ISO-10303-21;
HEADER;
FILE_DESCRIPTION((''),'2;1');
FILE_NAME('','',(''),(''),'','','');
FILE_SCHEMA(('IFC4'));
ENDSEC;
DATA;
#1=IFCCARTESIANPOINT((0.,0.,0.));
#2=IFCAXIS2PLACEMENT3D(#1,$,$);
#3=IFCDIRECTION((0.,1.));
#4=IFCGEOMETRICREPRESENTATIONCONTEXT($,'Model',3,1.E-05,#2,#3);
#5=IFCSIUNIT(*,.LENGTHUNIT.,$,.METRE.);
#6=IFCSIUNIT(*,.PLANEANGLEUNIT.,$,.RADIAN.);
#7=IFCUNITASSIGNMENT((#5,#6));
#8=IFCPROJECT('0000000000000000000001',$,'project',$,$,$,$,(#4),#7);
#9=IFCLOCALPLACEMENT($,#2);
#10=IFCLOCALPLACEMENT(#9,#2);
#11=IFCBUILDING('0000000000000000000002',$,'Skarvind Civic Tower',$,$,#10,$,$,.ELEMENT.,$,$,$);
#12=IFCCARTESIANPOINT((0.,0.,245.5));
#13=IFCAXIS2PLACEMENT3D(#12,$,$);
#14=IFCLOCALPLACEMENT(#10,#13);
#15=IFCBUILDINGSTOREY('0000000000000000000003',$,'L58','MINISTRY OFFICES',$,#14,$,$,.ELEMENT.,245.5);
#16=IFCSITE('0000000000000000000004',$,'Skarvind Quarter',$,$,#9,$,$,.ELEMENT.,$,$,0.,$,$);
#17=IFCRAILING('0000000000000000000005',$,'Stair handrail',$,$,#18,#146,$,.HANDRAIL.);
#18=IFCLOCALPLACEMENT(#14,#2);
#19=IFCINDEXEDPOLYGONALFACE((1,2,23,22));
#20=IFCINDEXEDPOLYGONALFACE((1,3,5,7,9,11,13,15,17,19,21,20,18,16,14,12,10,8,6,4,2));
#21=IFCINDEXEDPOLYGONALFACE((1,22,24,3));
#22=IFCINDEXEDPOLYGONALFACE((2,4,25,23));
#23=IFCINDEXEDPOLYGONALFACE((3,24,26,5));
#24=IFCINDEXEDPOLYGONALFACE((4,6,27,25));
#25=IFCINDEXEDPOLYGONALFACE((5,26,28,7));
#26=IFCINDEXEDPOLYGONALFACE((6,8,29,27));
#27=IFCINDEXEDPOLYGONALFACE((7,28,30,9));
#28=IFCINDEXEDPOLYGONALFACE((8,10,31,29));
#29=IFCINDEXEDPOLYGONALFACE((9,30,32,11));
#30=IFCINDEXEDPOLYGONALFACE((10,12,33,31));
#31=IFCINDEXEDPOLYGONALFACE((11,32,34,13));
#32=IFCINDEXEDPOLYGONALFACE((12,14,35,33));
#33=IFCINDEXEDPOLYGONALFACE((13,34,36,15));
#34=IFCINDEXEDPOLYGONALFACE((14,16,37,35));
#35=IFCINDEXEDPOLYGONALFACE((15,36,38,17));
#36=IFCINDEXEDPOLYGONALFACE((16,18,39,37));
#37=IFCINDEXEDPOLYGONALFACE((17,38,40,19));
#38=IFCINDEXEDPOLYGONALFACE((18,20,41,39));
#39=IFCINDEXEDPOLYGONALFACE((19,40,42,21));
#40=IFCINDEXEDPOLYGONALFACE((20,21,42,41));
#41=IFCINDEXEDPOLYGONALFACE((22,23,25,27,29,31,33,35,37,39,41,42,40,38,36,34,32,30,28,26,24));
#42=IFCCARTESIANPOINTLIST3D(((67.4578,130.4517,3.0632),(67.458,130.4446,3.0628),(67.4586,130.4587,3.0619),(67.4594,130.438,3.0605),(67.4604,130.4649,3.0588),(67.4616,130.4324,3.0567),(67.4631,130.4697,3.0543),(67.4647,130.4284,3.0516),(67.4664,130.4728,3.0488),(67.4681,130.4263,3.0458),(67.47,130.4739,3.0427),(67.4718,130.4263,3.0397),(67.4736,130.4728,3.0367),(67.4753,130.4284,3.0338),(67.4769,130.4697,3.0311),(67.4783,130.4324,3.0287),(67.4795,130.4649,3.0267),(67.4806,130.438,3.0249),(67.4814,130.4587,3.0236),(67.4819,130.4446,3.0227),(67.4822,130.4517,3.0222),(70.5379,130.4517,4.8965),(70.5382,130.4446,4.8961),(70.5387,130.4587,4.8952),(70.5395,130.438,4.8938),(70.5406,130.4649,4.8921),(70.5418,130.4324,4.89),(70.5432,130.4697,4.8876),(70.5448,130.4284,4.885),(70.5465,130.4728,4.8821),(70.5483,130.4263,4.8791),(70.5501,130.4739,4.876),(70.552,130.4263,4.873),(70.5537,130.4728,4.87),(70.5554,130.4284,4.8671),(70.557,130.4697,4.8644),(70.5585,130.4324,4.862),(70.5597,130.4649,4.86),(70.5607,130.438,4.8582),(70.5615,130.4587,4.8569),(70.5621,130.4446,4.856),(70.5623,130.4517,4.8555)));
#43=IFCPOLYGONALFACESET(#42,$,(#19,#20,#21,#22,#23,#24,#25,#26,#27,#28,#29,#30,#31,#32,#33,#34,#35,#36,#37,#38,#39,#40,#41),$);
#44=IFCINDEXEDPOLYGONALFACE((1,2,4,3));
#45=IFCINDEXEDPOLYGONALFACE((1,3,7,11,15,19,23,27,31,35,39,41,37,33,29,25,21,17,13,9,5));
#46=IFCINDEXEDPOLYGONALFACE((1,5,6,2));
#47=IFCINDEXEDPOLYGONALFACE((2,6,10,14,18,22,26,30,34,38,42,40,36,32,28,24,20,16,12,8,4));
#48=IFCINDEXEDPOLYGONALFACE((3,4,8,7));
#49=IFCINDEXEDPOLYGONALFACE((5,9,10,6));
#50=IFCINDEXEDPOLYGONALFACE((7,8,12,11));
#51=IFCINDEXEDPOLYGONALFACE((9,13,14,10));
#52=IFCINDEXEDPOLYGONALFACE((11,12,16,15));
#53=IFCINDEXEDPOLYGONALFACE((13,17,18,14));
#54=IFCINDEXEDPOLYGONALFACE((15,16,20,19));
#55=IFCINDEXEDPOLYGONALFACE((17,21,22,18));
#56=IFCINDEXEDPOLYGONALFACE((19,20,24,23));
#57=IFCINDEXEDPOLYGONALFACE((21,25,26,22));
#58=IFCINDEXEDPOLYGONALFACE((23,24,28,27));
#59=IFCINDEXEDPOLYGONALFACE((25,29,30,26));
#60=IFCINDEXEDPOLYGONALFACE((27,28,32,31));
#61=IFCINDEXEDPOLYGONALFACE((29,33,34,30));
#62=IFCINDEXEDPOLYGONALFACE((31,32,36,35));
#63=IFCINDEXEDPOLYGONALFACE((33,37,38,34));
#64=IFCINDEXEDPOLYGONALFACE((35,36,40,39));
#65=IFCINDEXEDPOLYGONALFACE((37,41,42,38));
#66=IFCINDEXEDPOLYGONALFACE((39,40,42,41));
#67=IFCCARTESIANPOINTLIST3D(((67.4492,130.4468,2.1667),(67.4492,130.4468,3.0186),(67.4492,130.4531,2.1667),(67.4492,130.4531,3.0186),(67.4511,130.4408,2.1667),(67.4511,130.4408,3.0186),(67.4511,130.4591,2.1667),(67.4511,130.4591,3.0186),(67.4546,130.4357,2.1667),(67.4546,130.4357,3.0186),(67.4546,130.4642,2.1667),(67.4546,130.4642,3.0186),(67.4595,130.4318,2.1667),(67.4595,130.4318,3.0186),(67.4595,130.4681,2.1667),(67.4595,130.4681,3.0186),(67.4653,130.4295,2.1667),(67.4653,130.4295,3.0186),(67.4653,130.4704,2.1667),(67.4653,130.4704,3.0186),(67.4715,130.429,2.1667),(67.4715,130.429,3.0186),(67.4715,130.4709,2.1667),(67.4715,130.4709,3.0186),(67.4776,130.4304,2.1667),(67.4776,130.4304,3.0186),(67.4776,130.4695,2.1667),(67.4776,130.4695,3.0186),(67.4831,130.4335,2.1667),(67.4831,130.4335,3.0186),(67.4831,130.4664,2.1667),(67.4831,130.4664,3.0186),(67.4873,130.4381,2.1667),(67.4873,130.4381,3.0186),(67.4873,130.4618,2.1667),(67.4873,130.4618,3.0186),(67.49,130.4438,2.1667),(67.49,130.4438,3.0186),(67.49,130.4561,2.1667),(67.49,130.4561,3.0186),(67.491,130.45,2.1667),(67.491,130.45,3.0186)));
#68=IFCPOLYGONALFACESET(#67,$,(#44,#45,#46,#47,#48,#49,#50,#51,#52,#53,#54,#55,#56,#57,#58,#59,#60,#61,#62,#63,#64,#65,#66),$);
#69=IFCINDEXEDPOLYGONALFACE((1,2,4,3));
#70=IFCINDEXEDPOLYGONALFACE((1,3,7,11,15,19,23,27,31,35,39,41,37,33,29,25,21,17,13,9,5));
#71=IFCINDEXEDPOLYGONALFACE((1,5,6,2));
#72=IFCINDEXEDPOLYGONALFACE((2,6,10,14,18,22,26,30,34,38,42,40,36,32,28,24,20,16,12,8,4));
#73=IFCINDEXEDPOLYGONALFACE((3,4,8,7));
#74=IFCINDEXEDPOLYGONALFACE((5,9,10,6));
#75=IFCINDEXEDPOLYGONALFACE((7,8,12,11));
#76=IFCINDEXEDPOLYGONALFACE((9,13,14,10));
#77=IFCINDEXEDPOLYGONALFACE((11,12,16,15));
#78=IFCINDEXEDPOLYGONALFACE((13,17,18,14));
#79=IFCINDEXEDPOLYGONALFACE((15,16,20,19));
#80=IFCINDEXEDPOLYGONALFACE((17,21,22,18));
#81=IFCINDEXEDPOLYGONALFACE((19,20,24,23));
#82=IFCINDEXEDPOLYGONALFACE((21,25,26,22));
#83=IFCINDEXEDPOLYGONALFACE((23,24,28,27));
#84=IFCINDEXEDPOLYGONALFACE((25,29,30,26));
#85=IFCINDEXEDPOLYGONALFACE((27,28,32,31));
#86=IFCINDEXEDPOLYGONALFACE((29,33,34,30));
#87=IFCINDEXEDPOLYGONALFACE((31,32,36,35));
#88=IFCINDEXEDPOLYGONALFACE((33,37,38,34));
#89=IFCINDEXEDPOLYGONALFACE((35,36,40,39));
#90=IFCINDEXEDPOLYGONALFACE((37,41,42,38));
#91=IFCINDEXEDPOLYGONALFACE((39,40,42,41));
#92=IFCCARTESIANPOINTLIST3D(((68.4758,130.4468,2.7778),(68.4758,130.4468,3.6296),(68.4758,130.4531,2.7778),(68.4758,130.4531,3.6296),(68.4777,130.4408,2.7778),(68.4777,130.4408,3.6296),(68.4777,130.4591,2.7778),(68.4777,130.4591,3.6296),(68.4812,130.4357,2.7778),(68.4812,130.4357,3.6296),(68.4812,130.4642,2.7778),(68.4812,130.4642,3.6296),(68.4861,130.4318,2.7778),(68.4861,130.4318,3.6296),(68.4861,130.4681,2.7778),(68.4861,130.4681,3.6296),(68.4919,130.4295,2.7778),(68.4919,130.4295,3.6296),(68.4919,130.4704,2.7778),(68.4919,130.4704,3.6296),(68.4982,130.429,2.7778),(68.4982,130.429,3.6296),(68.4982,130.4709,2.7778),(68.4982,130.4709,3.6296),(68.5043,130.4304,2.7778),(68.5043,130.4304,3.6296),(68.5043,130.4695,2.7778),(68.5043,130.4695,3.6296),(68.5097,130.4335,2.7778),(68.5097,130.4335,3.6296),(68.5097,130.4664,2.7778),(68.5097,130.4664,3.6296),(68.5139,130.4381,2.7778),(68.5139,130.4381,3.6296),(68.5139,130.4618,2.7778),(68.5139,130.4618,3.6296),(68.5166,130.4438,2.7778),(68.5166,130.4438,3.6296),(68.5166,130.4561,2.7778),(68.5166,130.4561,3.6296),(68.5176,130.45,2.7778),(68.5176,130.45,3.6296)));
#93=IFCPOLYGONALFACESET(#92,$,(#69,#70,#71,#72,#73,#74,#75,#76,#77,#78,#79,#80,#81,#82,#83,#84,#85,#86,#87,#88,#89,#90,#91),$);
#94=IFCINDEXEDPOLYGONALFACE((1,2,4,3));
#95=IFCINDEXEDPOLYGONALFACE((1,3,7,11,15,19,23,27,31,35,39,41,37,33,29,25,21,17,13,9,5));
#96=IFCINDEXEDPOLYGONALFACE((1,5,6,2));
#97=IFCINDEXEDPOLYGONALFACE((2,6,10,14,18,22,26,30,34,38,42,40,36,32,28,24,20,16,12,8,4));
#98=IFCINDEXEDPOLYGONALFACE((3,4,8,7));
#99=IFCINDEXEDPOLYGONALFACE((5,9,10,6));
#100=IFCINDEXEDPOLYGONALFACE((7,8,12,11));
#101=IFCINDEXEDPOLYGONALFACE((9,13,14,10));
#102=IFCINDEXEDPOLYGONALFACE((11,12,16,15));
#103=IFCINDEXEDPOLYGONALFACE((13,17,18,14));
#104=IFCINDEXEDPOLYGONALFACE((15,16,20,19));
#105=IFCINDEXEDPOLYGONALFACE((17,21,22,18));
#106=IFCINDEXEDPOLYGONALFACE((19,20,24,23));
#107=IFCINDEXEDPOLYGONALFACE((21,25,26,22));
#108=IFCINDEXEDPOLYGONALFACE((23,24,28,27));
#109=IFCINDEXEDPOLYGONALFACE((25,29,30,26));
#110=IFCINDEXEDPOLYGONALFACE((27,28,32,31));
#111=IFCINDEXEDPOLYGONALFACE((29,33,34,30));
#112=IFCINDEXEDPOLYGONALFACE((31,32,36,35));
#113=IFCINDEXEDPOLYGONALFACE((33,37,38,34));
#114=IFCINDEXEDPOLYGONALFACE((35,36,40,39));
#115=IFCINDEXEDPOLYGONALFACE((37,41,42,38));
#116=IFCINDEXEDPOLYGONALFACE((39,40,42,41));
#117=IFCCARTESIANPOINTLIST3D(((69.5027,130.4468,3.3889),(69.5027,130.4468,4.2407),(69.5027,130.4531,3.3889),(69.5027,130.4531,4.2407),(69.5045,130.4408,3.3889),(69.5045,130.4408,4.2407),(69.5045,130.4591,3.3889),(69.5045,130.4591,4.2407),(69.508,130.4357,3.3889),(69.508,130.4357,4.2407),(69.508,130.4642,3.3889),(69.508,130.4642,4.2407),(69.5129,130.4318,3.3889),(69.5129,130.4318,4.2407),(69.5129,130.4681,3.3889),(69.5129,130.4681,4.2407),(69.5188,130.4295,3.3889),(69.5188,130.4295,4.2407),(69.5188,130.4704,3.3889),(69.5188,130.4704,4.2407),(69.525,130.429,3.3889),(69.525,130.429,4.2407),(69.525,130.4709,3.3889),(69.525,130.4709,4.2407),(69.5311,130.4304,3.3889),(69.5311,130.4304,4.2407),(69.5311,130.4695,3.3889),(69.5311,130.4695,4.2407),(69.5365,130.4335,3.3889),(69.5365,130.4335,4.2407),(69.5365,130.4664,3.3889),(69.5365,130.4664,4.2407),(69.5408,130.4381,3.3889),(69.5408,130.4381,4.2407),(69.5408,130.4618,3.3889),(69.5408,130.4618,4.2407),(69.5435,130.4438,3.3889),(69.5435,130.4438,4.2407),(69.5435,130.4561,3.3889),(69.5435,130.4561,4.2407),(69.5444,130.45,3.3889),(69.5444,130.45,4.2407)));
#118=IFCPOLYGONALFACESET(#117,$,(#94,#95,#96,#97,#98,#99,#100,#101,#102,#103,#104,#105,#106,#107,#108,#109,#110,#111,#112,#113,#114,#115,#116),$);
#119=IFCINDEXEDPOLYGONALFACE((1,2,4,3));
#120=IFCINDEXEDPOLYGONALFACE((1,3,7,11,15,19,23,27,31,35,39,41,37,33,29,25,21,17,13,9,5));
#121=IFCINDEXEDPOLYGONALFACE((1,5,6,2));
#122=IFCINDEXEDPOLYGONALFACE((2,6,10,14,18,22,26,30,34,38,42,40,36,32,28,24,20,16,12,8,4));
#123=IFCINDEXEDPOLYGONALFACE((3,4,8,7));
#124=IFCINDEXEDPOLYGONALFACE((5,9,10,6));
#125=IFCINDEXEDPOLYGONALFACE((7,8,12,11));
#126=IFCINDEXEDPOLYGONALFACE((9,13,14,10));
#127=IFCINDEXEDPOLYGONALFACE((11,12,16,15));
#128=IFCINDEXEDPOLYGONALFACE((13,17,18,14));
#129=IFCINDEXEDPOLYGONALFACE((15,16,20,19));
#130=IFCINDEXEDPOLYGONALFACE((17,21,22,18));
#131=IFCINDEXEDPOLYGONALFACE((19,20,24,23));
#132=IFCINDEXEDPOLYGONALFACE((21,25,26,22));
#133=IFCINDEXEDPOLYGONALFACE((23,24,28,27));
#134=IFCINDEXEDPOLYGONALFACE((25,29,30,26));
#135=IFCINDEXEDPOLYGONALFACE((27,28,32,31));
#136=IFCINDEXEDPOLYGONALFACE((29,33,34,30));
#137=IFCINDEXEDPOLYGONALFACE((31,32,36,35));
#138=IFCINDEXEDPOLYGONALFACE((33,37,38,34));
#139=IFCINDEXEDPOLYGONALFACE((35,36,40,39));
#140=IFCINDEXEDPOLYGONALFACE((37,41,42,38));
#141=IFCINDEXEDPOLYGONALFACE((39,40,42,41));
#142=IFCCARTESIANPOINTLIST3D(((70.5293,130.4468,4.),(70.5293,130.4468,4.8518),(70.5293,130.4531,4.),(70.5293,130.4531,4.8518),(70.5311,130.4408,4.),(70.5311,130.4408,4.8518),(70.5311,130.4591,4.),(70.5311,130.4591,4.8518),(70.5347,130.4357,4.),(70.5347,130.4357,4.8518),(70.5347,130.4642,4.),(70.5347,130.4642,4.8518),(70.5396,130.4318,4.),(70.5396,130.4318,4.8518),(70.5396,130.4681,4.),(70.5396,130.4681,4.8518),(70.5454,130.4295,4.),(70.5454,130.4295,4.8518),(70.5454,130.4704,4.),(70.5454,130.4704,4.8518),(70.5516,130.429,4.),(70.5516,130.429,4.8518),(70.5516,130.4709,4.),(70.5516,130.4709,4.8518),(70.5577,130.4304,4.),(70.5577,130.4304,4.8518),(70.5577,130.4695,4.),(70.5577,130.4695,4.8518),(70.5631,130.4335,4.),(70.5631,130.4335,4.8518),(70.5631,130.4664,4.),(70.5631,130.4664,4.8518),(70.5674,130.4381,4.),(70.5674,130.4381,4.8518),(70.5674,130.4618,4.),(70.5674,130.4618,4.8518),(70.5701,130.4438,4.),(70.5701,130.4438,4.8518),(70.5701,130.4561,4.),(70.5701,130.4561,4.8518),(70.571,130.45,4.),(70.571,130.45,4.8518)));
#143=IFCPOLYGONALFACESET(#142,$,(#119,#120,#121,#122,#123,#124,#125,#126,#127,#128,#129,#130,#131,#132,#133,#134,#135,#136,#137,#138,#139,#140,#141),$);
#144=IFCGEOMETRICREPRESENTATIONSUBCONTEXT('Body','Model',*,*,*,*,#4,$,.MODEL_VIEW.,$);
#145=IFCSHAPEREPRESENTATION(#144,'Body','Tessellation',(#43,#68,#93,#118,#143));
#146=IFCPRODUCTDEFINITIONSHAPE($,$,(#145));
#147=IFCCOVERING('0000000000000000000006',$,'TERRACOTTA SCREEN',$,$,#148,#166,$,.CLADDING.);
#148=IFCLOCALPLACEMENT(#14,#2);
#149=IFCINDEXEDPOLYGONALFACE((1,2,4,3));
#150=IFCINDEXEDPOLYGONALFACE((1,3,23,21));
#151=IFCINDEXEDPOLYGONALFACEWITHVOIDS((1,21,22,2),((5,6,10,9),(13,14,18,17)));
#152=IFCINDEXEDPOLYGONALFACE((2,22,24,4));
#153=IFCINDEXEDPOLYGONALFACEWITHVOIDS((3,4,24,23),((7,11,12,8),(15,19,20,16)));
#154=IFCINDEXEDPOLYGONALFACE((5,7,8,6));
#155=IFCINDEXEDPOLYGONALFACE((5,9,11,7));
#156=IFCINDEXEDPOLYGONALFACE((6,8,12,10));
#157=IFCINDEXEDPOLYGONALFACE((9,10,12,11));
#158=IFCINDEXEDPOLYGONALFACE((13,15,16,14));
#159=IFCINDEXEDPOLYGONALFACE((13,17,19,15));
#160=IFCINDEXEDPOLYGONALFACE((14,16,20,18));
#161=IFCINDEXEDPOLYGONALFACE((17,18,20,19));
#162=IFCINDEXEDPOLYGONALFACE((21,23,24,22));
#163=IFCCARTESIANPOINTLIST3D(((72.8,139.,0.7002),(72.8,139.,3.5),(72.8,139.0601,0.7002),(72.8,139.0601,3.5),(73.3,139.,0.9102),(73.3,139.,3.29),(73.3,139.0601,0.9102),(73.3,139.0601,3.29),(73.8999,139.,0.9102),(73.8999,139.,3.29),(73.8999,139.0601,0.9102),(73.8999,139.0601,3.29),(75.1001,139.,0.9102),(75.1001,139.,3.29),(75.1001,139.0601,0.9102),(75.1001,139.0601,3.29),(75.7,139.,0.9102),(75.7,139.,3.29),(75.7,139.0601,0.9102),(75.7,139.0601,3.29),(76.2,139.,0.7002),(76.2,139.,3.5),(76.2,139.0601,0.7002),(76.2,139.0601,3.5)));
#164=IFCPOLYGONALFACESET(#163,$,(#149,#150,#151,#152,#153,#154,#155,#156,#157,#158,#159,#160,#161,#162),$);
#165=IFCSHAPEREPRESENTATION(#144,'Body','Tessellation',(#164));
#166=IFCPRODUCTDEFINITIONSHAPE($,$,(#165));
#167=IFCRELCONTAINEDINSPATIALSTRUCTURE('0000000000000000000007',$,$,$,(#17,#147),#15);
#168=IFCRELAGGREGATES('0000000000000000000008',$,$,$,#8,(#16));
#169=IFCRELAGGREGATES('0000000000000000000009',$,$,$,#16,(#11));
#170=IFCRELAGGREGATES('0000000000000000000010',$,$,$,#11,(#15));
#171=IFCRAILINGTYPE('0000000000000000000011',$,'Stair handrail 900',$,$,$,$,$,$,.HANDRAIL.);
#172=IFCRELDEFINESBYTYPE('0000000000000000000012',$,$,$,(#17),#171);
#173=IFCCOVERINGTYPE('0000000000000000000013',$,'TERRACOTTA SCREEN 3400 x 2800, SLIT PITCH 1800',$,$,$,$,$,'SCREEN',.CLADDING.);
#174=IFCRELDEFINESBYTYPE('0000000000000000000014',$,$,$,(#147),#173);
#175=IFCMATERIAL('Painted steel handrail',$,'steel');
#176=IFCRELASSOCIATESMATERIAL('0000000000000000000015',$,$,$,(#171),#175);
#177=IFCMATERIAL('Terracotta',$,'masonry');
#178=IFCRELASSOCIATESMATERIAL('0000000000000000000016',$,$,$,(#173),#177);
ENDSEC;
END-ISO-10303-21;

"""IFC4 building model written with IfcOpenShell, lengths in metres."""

from ifc_helpers import new_model, si_unit, direction, frame, origin, origin_2d, place, context, subcontext, project, spatial, polyline, circle, outline, extrude, material, material_profile, profile_set, type_object, element, save


model = new_model("IFC4")

# Units and contexts
model_context = context("Model", 3, precision=1e-05, world=origin(), true_north=direction((0.0, 1.0)))
body_context = subcontext(model_context, "Body", "Model", "MODEL_VIEW")
ifc_project = project(units=[si_unit("LENGTHUNIT", "METRE"), si_unit("PLANEANGLEUNIT", "RADIAN")], contexts=[model_context])

# Site, building, storey
site_placement = place(None, origin())
site = spatial("IfcSite", under=ifc_project, at=site_placement, Name="Skarvind Quarter", CompositionType="ELEMENT", RefElevation=0.0)
building_placement = place(site_placement, origin())
building = spatial("IfcBuilding", under=site, at=building_placement, Name="Skarvind Civic Tower", CompositionType="ELEMENT")
storey_placement = place(building_placement, frame((0.0, 0.0, 245.5)))
storey = spatial("IfcBuildingStorey", under=building, at=storey_placement, Name="L58", Description="MINISTRY OFFICES", CompositionType="ELEMENT", Elevation=245.5)

# Railing
ifc_material_1 = material(Name="Painted steel handrail", Category="steel")
railing_type = type_object("IfcRailingType", Name="Stair handrail 900", PredefinedType="HANDRAIL", material=ifc_material_1)
railing_1_placement = place(storey_placement, frame((67.47, 130.45, 2.1667)))
element("IfcRailing", 1, at=railing_1_placement, inside=storey, type_object=railing_type, Name="Stair handrail", PredefinedType="HANDRAIL", context=body_context, shape_type="SweptSolid", body=[
    extrude(circle(Radius=0.0239, at=origin_2d()), frame((0.0, 0.0, 0.876), z_axis=(0.859309, 0.0, 0.511458), x_axis=(0.0, 1.0, 0.0)), (0.0, 0.0, 1.0), 3.5845),
    extrude(circle(Radius=0.021, at=origin_2d()), origin(), (0.0, 0.0, 1.0), 0.8518),
    extrude(circle(Radius=0.021, at=origin_2d()), frame((1.0266, 0.0, 0.6111)), (0.0, 0.0, 1.0), 0.8518),
    extrude(circle(Radius=0.021, at=origin_2d()), frame((2.0535, 0.0, 1.2222)), (0.0, 0.0, 1.0), 0.8518),
    extrude(circle(Radius=0.021, at=origin_2d()), frame((3.0801, 0.0, 1.8333)), (0.0, 0.0, 1.0), 0.8518),
])

# Covering
ifc_material_2 = material(Name="Terracotta", Category="masonry")
ifc_material_profile_1 = material_profile(ifc_material_2, outline(polyline([(-1.7, -1.3999), (1.7, -1.3999), (1.7, 1.3999), (-1.7, 1.3999), (-1.7, -1.3999)]), holes=[polyline([(-1.2, -1.1899), (-0.6001, -1.1899), (-0.6001, 1.1899), (-1.2, 1.1899), (-1.2, -1.1899)]), polyline([(0.6001, -1.1899), (1.2, -1.1899), (1.2, 1.1899), (0.6001, 1.1899), (0.6001, -1.1899)])]), Name="TERRACOTTA SCREEN 3400 x 2800, SLIT PITCH 1800")
ifc_profile_set_1 = profile_set([ifc_material_profile_1], Name="Terracotta")
covering_type = type_object("IfcCoveringType", Name="TERRACOTTA SCREEN 3400 x 2800, SLIT PITCH 1800", ElementType="SCREEN", PredefinedType="CLADDING", material=ifc_profile_set_1)
covering_placement = place(storey_placement, frame((74.5, 139.0, 2.1001), z_axis=(0.0, 1.0, 0.0), x_axis=(-1.0, 0.0, 0.0)))
element("IfcCovering", 2, at=covering_placement, inside=storey, type_object=covering_type, Name="TERRACOTTA SCREEN", PredefinedType="CLADDING", context=body_context, shape_type="SweptSolid", body=[
    extrude(outline(polyline([(-1.7, -1.3999), (1.7, -1.3999), (1.7, 1.3999), (-1.7, 1.3999), (-1.7, -1.3999)]), holes=[polyline([(-1.2, -1.1899), (-0.6001, -1.1899), (-0.6001, 1.1899), (-1.2, 1.1899), (-1.2, -1.1899)]), polyline([(0.6001, -1.1899), (1.2, -1.1899), (1.2, 1.1899), (0.6001, 1.1899), (0.6001, -1.1899)])]), origin(), (0.0, 0.0, 1.0), 0.0601),
])

save(model, "model.ifc")
